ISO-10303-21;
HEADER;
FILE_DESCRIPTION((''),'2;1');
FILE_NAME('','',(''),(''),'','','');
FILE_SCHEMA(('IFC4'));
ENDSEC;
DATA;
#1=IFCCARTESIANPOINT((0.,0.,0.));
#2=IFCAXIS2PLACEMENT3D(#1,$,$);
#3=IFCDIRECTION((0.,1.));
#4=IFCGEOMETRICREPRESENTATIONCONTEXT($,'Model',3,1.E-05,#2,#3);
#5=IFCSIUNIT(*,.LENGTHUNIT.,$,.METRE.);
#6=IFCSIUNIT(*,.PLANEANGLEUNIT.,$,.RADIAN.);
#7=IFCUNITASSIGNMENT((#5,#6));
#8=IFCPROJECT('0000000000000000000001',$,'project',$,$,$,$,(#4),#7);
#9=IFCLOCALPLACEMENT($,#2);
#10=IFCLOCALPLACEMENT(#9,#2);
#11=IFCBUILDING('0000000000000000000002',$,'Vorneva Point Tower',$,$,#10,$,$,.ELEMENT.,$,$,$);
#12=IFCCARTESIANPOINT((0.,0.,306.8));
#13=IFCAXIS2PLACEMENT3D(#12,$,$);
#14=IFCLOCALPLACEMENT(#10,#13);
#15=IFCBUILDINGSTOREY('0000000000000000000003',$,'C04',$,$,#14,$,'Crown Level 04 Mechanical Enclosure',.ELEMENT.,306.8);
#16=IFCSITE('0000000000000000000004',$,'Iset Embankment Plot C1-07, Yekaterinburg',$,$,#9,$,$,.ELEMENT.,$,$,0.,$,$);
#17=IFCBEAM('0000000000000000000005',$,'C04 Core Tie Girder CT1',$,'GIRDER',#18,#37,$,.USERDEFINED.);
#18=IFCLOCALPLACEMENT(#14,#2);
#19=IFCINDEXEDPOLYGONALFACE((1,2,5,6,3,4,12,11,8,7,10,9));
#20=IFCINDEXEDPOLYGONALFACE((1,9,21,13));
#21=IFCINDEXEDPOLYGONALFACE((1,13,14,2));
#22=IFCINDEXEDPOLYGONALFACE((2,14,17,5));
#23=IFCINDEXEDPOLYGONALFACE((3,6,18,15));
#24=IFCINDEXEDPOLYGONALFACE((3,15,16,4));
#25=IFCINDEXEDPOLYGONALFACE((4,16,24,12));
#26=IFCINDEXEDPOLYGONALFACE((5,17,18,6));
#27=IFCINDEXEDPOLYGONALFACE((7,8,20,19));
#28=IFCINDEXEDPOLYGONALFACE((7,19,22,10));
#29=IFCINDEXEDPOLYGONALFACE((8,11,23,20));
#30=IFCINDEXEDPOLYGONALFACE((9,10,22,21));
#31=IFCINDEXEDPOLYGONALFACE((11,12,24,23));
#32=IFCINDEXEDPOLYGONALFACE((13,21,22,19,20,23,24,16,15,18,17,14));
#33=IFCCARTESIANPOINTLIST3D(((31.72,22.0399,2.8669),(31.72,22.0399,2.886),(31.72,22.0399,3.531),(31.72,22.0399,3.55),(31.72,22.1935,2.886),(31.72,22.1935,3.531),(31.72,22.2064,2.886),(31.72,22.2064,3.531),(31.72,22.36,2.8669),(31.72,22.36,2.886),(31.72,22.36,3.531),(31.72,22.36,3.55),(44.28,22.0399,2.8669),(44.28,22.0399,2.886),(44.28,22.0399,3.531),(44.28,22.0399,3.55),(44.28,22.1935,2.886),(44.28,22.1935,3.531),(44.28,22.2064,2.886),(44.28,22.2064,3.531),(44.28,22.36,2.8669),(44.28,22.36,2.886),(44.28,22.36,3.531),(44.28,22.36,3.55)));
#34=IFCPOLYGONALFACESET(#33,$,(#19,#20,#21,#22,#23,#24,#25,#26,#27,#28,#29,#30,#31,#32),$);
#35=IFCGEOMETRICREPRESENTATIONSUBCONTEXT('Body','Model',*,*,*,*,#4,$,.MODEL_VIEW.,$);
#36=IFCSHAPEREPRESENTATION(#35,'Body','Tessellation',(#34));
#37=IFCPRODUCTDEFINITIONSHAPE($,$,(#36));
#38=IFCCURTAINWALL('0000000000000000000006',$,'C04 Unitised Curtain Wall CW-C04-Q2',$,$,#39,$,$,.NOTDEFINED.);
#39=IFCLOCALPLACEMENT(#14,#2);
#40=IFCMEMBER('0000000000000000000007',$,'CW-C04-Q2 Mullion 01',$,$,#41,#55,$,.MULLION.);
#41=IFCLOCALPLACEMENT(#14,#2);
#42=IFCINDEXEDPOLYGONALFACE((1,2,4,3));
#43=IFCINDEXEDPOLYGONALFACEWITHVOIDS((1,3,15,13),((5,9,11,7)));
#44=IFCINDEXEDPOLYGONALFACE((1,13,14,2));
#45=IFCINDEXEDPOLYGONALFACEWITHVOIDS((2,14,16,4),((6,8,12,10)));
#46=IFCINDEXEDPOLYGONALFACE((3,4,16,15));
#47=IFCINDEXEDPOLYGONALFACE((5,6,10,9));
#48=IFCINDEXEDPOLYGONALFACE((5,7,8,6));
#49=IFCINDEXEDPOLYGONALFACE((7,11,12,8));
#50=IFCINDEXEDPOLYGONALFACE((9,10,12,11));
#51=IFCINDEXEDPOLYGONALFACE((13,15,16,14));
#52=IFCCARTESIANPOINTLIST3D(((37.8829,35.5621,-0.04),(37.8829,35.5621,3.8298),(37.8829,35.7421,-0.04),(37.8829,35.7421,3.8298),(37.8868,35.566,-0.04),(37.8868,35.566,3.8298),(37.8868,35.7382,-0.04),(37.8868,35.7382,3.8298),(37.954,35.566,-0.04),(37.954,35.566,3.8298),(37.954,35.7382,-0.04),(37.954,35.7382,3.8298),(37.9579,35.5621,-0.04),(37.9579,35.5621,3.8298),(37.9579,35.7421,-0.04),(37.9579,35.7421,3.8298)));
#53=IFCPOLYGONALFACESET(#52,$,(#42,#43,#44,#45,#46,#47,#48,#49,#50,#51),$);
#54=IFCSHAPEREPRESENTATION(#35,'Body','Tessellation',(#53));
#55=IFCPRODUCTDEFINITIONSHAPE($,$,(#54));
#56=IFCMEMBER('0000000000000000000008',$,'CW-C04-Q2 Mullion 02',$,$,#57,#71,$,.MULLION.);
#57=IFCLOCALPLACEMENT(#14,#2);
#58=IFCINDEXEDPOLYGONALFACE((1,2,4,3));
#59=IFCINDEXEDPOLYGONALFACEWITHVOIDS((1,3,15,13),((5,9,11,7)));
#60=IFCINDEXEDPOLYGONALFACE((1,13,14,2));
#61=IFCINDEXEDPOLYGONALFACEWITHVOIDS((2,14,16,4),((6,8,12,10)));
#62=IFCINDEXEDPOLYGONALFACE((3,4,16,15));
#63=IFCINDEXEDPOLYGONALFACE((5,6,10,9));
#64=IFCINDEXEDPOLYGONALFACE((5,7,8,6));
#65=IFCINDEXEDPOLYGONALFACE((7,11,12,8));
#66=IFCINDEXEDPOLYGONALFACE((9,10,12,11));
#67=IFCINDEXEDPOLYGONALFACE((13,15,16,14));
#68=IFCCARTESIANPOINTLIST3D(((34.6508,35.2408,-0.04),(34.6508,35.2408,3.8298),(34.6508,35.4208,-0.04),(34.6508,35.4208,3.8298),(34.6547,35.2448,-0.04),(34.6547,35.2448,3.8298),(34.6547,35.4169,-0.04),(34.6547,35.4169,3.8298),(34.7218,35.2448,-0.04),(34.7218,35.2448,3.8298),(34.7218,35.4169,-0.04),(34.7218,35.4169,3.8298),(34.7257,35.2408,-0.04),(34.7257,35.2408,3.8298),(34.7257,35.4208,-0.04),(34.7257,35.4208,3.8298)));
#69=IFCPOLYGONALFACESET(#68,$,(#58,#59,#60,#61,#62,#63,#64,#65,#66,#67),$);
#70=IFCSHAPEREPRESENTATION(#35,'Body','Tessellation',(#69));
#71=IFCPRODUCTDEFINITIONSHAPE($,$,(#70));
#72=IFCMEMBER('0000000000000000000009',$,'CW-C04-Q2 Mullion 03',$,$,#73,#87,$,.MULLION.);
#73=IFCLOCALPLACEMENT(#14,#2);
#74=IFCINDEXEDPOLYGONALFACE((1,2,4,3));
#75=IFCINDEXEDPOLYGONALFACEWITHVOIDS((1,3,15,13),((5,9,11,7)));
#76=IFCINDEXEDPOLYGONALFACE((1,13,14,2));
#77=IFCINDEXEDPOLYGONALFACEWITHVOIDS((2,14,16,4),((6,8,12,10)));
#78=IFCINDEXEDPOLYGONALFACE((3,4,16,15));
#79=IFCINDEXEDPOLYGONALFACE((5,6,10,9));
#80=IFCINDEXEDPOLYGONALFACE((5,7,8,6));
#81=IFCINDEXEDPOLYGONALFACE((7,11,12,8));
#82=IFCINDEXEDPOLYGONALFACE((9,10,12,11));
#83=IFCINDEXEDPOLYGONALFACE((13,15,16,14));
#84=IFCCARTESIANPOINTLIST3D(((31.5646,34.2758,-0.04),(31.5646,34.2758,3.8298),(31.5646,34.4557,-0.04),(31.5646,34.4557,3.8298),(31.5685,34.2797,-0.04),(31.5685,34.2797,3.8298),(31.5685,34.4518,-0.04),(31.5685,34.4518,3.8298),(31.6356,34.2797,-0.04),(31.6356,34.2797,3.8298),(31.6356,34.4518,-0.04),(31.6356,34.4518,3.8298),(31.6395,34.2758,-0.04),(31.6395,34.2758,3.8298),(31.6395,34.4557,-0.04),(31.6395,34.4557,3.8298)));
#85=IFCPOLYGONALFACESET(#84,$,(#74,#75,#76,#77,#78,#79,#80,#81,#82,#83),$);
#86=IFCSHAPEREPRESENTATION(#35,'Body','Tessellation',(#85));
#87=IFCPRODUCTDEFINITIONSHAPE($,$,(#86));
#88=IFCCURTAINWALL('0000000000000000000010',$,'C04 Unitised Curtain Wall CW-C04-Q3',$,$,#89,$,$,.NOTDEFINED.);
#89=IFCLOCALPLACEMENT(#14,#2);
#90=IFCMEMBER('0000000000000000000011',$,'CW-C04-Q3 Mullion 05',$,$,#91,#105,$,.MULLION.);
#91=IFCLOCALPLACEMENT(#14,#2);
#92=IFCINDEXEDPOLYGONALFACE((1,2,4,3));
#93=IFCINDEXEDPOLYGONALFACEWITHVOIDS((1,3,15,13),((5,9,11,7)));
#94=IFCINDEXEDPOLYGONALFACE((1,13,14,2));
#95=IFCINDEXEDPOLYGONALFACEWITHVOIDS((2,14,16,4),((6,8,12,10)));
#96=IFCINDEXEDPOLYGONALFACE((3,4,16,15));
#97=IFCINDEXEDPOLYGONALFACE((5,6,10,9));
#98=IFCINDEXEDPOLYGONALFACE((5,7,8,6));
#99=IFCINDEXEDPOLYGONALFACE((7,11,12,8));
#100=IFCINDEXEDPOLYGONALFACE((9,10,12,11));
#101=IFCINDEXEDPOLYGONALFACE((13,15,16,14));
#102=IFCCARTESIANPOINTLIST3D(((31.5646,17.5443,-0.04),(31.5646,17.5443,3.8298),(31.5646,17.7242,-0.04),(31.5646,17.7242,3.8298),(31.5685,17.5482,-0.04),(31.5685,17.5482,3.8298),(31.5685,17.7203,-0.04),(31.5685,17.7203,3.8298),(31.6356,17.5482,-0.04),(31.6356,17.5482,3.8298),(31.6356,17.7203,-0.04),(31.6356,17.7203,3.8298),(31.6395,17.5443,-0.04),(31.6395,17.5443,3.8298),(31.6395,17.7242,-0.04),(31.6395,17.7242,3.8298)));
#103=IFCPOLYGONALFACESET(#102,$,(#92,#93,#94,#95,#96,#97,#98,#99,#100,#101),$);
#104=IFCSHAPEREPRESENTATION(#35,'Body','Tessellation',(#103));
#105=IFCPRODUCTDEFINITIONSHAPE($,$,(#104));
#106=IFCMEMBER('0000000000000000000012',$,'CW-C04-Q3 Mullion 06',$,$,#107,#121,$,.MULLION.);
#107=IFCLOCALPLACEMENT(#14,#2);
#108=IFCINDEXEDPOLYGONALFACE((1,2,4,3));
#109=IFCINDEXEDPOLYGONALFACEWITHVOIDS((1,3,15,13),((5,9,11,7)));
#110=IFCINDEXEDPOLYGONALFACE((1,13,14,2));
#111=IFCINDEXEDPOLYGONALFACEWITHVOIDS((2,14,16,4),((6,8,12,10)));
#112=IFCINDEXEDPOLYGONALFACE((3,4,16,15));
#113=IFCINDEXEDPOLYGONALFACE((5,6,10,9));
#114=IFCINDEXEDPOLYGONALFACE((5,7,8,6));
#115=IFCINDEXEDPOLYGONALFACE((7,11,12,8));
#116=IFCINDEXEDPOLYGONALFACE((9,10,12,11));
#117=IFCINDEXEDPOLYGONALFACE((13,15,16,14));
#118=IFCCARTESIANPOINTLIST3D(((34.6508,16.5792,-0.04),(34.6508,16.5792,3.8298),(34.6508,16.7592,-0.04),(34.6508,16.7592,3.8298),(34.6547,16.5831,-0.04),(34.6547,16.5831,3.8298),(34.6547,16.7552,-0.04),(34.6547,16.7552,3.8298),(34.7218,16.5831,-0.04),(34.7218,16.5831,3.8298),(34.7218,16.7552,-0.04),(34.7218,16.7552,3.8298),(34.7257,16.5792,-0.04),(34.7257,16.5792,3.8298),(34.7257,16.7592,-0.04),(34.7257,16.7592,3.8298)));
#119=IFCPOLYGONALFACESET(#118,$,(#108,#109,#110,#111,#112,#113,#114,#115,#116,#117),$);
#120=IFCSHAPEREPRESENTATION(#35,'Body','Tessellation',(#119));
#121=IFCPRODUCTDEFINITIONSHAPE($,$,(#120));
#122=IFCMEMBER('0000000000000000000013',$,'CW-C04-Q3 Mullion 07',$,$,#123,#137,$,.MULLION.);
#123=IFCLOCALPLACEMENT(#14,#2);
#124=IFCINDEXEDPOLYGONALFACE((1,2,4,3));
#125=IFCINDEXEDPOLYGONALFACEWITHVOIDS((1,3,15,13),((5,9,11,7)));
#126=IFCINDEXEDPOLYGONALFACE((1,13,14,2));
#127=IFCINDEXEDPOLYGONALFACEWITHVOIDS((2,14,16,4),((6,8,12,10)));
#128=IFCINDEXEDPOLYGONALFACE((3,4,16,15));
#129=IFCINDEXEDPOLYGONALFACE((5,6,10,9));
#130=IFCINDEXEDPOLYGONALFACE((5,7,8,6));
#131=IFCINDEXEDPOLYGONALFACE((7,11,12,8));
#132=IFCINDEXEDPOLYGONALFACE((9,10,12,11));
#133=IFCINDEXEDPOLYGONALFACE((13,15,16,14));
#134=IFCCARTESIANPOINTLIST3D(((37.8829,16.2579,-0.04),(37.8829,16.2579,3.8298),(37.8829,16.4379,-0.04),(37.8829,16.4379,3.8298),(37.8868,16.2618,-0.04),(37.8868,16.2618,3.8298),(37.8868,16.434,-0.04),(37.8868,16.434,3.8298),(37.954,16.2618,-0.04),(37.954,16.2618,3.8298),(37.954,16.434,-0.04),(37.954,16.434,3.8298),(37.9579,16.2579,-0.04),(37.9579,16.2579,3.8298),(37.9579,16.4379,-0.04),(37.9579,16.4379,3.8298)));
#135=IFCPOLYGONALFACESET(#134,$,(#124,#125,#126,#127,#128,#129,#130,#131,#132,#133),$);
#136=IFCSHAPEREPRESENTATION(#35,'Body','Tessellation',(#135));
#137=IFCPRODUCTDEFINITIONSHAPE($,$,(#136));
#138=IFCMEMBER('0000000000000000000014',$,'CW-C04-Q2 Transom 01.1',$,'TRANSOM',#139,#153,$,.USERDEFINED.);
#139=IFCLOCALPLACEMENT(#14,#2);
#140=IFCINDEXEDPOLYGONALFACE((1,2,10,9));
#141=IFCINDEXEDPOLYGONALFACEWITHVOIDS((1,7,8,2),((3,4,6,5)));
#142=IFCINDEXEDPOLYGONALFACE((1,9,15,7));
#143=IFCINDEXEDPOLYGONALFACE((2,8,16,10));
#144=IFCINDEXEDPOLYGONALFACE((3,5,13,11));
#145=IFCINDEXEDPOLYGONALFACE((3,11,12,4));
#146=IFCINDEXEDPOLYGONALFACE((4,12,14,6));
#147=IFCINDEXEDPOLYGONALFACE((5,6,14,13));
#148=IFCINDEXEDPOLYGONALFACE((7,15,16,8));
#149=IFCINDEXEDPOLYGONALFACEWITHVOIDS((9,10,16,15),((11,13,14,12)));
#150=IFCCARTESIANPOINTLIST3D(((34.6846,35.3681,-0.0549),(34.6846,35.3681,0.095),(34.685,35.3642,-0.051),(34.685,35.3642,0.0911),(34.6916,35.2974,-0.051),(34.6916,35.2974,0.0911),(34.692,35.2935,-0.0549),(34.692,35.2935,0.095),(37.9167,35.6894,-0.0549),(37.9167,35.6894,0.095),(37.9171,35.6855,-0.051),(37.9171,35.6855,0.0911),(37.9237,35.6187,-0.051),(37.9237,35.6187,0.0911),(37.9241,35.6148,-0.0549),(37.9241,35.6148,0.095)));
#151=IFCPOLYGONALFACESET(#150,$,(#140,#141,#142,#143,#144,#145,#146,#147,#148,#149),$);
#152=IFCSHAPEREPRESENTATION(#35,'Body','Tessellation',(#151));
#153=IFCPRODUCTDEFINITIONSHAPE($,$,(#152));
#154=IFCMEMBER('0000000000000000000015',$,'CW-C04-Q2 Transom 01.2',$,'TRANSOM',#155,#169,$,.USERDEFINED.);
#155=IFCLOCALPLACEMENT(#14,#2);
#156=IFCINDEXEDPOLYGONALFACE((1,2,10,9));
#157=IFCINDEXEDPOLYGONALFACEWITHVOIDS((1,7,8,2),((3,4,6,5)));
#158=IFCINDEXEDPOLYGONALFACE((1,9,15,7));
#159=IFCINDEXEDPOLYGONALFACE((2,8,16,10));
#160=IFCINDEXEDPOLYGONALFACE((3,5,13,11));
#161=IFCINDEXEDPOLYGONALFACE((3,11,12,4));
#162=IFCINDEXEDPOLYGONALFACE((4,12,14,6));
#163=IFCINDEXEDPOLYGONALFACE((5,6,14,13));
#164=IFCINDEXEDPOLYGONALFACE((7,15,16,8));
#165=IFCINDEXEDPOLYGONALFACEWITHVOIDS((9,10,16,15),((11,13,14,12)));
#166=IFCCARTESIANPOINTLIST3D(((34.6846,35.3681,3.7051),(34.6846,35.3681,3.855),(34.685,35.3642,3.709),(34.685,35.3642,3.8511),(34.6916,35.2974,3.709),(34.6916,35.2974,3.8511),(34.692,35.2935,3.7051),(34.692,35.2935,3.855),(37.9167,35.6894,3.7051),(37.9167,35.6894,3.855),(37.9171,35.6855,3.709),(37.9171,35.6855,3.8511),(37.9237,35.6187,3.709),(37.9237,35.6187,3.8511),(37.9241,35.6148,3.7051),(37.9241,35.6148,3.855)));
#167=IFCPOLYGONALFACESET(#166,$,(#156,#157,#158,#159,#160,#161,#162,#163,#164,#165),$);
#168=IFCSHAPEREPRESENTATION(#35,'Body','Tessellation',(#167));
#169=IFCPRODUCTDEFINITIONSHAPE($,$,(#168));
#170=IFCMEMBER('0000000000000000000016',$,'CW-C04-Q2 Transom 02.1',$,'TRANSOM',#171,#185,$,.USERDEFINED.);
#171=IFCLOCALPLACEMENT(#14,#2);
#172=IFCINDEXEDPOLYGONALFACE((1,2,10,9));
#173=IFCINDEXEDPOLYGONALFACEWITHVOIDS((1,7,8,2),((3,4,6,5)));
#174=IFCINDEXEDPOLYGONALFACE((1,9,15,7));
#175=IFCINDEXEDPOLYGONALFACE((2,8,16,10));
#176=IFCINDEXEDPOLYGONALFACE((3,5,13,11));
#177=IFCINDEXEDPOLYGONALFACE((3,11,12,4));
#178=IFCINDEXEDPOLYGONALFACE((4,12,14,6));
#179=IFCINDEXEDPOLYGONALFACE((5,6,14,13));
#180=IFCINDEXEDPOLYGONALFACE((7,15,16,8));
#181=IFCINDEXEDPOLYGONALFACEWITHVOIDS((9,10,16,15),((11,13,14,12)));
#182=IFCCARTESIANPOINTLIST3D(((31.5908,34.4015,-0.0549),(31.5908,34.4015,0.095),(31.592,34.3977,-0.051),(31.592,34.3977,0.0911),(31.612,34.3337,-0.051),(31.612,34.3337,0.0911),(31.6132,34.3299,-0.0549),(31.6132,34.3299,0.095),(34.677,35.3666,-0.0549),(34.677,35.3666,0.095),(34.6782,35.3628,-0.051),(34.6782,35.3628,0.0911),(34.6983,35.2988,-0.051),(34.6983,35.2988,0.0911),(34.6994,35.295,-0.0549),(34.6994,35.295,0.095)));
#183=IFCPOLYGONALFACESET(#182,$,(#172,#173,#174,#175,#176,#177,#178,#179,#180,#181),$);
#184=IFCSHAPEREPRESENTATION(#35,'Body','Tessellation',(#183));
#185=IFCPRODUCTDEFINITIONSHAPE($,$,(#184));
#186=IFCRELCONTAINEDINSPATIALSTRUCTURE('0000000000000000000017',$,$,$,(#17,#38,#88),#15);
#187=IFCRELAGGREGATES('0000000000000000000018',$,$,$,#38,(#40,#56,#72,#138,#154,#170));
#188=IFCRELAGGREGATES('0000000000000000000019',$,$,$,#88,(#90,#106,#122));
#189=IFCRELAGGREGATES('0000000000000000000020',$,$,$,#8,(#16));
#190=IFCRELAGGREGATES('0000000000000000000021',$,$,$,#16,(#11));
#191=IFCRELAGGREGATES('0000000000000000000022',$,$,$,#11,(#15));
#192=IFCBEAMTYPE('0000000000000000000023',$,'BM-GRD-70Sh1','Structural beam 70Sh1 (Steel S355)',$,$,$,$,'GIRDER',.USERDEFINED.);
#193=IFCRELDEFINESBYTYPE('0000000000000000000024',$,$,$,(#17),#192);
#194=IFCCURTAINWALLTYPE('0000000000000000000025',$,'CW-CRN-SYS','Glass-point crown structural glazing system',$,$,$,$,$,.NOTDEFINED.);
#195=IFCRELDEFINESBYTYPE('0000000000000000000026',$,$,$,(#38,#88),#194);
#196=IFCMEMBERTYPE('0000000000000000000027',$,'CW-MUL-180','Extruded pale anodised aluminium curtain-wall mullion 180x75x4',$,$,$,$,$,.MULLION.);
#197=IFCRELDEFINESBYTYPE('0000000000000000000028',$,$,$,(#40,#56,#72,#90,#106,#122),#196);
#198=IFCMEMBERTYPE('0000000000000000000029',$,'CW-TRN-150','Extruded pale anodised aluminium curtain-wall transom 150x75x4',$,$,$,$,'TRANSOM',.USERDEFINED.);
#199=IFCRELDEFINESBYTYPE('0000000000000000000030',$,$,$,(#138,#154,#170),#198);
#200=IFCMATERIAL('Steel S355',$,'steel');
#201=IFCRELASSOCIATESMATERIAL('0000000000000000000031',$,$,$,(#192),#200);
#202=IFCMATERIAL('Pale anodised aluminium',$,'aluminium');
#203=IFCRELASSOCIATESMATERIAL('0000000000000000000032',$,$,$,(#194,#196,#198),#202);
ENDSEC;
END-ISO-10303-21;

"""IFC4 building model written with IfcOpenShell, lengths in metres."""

from ifc_helpers import new_model, si_unit, direction, frame, origin, origin_2d, place, context, subcontext, project, spatial, hollow_rectangle, i_section, extrude, material, material_profile, profile_set, type_object, element, aggregate, save


model = new_model("IFC4")

# Units and contexts
model_context = context("Model", 3, precision=1e-05, world=origin(), true_north=direction((0.0, 1.0)))
body_context = subcontext(model_context, "Body", "Model", "MODEL_VIEW")
ifc_project = project(units=[si_unit("LENGTHUNIT", "METRE"), si_unit("PLANEANGLEUNIT", "RADIAN")], contexts=[model_context])

# Site, building, storey
site_placement = place(None, origin())
site = spatial("IfcSite", under=ifc_project, at=site_placement, Name="Iset Embankment Plot C1-07, Yekaterinburg", CompositionType="ELEMENT", RefElevation=0.0)
building_placement = place(site_placement, origin())
building = spatial("IfcBuilding", under=site, at=building_placement, Name="Vorneva Point Tower", CompositionType="ELEMENT")
storey_placement = place(building_placement, frame((0.0, 0.0, 306.8)))
storey = spatial("IfcBuildingStorey", under=building, at=storey_placement, Name="C04", LongName="Crown Level 04 Mechanical Enclosure", CompositionType="ELEMENT", Elevation=306.8)

# Shared definitions
ifc_material_1 = material(Name="Steel S355", Category="steel")

# Beam
ifc_material_profile_1 = material_profile(ifc_material_1, i_section(OverallWidth=0.3201, OverallDepth=0.6831, WebThickness=0.0129, FlangeThickness=0.019, at=origin_2d()), Name="70Sh1")
ifc_profile_set_1 = profile_set([ifc_material_profile_1], Name="Steel S355")
beam_type_1 = type_object("IfcBeamType", Name="BM-GRD-70Sh1", Description="Structural beam 70Sh1 (Steel S355)", ElementType="GIRDER", PredefinedType="USERDEFINED", material=ifc_profile_set_1)
beam_1_placement = place(storey_placement, frame((31.72, 22.2, 3.2085), z_axis=(1.0, 0.0, 0.0), x_axis=(0.0, 1.0, 0.0)))
element("IfcBeam", 1, at=beam_1_placement, inside=storey, type_object=beam_type_1, Name="C04 Core Tie Girder CT1", ObjectType="GIRDER", PredefinedType="USERDEFINED", context=body_context, shape_type="SweptSolid", body=[
    extrude(i_section(OverallWidth=0.3201, OverallDepth=0.6831, WebThickness=0.0129, FlangeThickness=0.019, at=origin_2d()), origin(), (0.0, 0.0, 1.0), 12.5601),
])

# Curtain walls, members
ifc_material_2 = material(Name="Pale anodised aluminium", Category="aluminium")
curtain_wall_type = type_object("IfcCurtainWallType", Name="CW-CRN-SYS", Description="Glass-point crown structural glazing system", PredefinedType="NOTDEFINED", material=ifc_material_2)
curtain_wall_1_placement = place(storey_placement, origin())
curtain_wall_1 = element("IfcCurtainWall", 2, at=curtain_wall_1_placement, inside=storey, type_object=curtain_wall_type, Name="C04 Unitised Curtain Wall CW-C04-Q2", PredefinedType="NOTDEFINED")
ifc_material_profile_2 = material_profile(ifc_material_2, hollow_rectangle(XDim=0.075, YDim=0.1799, WallThickness=0.0039, at=origin_2d()), Name="AL-MUL 180x75x4")
ifc_profile_set_2 = profile_set([ifc_material_profile_2], Name="Pale anodised aluminium")
member_type_1 = type_object("IfcMemberType", Name="CW-MUL-180", Description="Extruded pale anodised aluminium curtain-wall mullion 180x75x4", PredefinedType="MULLION", material=ifc_profile_set_2)
member_1_placement = place(storey_placement, frame((37.9204, 35.6521, -0.04), z_axis=(0.0, 0.0, 1.0), x_axis=(1.0, 0.0, 0.0)))
member_1 = element("IfcMember", 3, at=member_1_placement, type_object=member_type_1, Name="CW-C04-Q2 Mullion 01", PredefinedType="MULLION", context=body_context, shape_type="SweptSolid", body=[
    extrude(hollow_rectangle(XDim=0.075, YDim=0.1799, WallThickness=0.0039, at=origin_2d()), origin(), (0.0, 0.0, 1.0), 3.8699),
])
member_2_placement = place(storey_placement, frame((34.6882, 35.3308, -0.04), z_axis=(0.0, 0.0, 1.0), x_axis=(1.0, 0.0, 0.0)))
member_2 = element("IfcMember", 4, at=member_2_placement, type_object=member_type_1, Name="CW-C04-Q2 Mullion 02", PredefinedType="MULLION", context=body_context, shape_type="SweptSolid", body=[
    extrude(hollow_rectangle(XDim=0.075, YDim=0.1799, WallThickness=0.0039, at=origin_2d()), origin(), (0.0, 0.0, 1.0), 3.8699),
])
member_3_placement = place(storey_placement, frame((31.6021, 34.3657, -0.04), z_axis=(0.0, 0.0, 1.0), x_axis=(1.0, 0.0, 0.0)))
member_3 = element("IfcMember", 5, at=member_3_placement, type_object=member_type_1, Name="CW-C04-Q2 Mullion 03", PredefinedType="MULLION", context=body_context, shape_type="SweptSolid", body=[
    extrude(hollow_rectangle(XDim=0.075, YDim=0.1799, WallThickness=0.0039, at=origin_2d()), origin(), (0.0, 0.0, 1.0), 3.8699),
])
curtain_wall_2_placement = place(storey_placement, origin())
curtain_wall_2 = element("IfcCurtainWall", 6, at=curtain_wall_2_placement, inside=storey, type_object=curtain_wall_type, Name="C04 Unitised Curtain Wall CW-C04-Q3", PredefinedType="NOTDEFINED")
member_4_placement = place(storey_placement, frame((31.6021, 17.6343, -0.04), z_axis=(0.0, 0.0, 1.0), x_axis=(1.0, 0.0, 0.0)))
member_4 = element("IfcMember", 7, at=member_4_placement, type_object=member_type_1, Name="CW-C04-Q3 Mullion 05", PredefinedType="MULLION", context=body_context, shape_type="SweptSolid", body=[
    extrude(hollow_rectangle(XDim=0.075, YDim=0.1799, WallThickness=0.0039, at=origin_2d()), origin(), (0.0, 0.0, 1.0), 3.8699),
])
member_5_placement = place(storey_placement, frame((34.6882, 16.6692, -0.04), z_axis=(0.0, 0.0, 1.0), x_axis=(1.0, 0.0, 0.0)))
member_5 = element("IfcMember", 8, at=member_5_placement, type_object=member_type_1, Name="CW-C04-Q3 Mullion 06", PredefinedType="MULLION", context=body_context, shape_type="SweptSolid", body=[
    extrude(hollow_rectangle(XDim=0.075, YDim=0.1799, WallThickness=0.0039, at=origin_2d()), origin(), (0.0, 0.0, 1.0), 3.8699),
])
member_6_placement = place(storey_placement, frame((37.9204, 16.3479, -0.04), z_axis=(0.0, 0.0, 1.0), x_axis=(1.0, 0.0, 0.0)))
member_6 = element("IfcMember", 9, at=member_6_placement, type_object=member_type_1, Name="CW-C04-Q3 Mullion 07", PredefinedType="MULLION", context=body_context, shape_type="SweptSolid", body=[
    extrude(hollow_rectangle(XDim=0.075, YDim=0.1799, WallThickness=0.0039, at=origin_2d()), origin(), (0.0, 0.0, 1.0), 3.8699),
])

# Members
ifc_material_profile_3 = material_profile(ifc_material_2, hollow_rectangle(XDim=0.075, YDim=0.1499, WallThickness=0.0039, at=origin_2d()), Name="AL-TRN 150x75x4")
ifc_profile_set_3 = profile_set([ifc_material_profile_3], Name="Pale anodised aluminium")
member_type_2 = type_object("IfcMemberType", Name="CW-TRN-150", Description="Extruded pale anodised aluminium curtain-wall transom 150x75x4", ElementType="TRANSOM", PredefinedType="USERDEFINED", material=ifc_profile_set_3)
member_7_placement = place(storey_placement, frame((37.9204, 35.6521, 0.02), z_axis=(-0.995096, -0.098916, 0.0), x_axis=(0.098916, -0.995096, 0.0)))
member_7 = element("IfcMember", 10, at=member_7_placement, type_object=member_type_2, Name="CW-C04-Q2 Transom 01.1", ObjectType="TRANSOM", PredefinedType="USERDEFINED", context=body_context, shape_type="SweptSolid", body=[
    extrude(hollow_rectangle(XDim=0.075, YDim=0.1499, WallThickness=0.0039, at=origin_2d()), origin(), (0.0, 0.0, 1.0), 3.248),
])
member_8_placement = place(storey_placement, frame((37.9204, 35.6521, 3.78), z_axis=(-0.995096, -0.098916, 0.0), x_axis=(0.098916, -0.995096, 0.0)))
member_8 = element("IfcMember", 11, at=member_8_placement, type_object=member_type_2, Name="CW-C04-Q2 Transom 01.2", ObjectType="TRANSOM", PredefinedType="USERDEFINED", context=body_context, shape_type="SweptSolid", body=[
    extrude(hollow_rectangle(XDim=0.075, YDim=0.1499, WallThickness=0.0039, at=origin_2d()), origin(), (0.0, 0.0, 1.0), 3.248),
])
member_9_placement = place(storey_placement, frame((34.6882, 35.3308, 0.02), z_axis=(-0.954422, -0.29846, 0.0), x_axis=(0.29846, -0.954422, 0.0)))
member_9 = element("IfcMember", 12, at=member_9_placement, type_object=member_type_2, Name="CW-C04-Q2 Transom 02.1", ObjectType="TRANSOM", PredefinedType="USERDEFINED", context=body_context, shape_type="SweptSolid", body=[
    extrude(hollow_rectangle(XDim=0.075, YDim=0.1499, WallThickness=0.0039, at=origin_2d()), origin(), (0.0, 0.0, 1.0), 3.2336),
])

aggregate(curtain_wall_1, [member_1, member_2, member_3, member_7, member_8, member_9])
aggregate(curtain_wall_2, [member_4, member_5, member_6])

save(model, "model.ifc")
